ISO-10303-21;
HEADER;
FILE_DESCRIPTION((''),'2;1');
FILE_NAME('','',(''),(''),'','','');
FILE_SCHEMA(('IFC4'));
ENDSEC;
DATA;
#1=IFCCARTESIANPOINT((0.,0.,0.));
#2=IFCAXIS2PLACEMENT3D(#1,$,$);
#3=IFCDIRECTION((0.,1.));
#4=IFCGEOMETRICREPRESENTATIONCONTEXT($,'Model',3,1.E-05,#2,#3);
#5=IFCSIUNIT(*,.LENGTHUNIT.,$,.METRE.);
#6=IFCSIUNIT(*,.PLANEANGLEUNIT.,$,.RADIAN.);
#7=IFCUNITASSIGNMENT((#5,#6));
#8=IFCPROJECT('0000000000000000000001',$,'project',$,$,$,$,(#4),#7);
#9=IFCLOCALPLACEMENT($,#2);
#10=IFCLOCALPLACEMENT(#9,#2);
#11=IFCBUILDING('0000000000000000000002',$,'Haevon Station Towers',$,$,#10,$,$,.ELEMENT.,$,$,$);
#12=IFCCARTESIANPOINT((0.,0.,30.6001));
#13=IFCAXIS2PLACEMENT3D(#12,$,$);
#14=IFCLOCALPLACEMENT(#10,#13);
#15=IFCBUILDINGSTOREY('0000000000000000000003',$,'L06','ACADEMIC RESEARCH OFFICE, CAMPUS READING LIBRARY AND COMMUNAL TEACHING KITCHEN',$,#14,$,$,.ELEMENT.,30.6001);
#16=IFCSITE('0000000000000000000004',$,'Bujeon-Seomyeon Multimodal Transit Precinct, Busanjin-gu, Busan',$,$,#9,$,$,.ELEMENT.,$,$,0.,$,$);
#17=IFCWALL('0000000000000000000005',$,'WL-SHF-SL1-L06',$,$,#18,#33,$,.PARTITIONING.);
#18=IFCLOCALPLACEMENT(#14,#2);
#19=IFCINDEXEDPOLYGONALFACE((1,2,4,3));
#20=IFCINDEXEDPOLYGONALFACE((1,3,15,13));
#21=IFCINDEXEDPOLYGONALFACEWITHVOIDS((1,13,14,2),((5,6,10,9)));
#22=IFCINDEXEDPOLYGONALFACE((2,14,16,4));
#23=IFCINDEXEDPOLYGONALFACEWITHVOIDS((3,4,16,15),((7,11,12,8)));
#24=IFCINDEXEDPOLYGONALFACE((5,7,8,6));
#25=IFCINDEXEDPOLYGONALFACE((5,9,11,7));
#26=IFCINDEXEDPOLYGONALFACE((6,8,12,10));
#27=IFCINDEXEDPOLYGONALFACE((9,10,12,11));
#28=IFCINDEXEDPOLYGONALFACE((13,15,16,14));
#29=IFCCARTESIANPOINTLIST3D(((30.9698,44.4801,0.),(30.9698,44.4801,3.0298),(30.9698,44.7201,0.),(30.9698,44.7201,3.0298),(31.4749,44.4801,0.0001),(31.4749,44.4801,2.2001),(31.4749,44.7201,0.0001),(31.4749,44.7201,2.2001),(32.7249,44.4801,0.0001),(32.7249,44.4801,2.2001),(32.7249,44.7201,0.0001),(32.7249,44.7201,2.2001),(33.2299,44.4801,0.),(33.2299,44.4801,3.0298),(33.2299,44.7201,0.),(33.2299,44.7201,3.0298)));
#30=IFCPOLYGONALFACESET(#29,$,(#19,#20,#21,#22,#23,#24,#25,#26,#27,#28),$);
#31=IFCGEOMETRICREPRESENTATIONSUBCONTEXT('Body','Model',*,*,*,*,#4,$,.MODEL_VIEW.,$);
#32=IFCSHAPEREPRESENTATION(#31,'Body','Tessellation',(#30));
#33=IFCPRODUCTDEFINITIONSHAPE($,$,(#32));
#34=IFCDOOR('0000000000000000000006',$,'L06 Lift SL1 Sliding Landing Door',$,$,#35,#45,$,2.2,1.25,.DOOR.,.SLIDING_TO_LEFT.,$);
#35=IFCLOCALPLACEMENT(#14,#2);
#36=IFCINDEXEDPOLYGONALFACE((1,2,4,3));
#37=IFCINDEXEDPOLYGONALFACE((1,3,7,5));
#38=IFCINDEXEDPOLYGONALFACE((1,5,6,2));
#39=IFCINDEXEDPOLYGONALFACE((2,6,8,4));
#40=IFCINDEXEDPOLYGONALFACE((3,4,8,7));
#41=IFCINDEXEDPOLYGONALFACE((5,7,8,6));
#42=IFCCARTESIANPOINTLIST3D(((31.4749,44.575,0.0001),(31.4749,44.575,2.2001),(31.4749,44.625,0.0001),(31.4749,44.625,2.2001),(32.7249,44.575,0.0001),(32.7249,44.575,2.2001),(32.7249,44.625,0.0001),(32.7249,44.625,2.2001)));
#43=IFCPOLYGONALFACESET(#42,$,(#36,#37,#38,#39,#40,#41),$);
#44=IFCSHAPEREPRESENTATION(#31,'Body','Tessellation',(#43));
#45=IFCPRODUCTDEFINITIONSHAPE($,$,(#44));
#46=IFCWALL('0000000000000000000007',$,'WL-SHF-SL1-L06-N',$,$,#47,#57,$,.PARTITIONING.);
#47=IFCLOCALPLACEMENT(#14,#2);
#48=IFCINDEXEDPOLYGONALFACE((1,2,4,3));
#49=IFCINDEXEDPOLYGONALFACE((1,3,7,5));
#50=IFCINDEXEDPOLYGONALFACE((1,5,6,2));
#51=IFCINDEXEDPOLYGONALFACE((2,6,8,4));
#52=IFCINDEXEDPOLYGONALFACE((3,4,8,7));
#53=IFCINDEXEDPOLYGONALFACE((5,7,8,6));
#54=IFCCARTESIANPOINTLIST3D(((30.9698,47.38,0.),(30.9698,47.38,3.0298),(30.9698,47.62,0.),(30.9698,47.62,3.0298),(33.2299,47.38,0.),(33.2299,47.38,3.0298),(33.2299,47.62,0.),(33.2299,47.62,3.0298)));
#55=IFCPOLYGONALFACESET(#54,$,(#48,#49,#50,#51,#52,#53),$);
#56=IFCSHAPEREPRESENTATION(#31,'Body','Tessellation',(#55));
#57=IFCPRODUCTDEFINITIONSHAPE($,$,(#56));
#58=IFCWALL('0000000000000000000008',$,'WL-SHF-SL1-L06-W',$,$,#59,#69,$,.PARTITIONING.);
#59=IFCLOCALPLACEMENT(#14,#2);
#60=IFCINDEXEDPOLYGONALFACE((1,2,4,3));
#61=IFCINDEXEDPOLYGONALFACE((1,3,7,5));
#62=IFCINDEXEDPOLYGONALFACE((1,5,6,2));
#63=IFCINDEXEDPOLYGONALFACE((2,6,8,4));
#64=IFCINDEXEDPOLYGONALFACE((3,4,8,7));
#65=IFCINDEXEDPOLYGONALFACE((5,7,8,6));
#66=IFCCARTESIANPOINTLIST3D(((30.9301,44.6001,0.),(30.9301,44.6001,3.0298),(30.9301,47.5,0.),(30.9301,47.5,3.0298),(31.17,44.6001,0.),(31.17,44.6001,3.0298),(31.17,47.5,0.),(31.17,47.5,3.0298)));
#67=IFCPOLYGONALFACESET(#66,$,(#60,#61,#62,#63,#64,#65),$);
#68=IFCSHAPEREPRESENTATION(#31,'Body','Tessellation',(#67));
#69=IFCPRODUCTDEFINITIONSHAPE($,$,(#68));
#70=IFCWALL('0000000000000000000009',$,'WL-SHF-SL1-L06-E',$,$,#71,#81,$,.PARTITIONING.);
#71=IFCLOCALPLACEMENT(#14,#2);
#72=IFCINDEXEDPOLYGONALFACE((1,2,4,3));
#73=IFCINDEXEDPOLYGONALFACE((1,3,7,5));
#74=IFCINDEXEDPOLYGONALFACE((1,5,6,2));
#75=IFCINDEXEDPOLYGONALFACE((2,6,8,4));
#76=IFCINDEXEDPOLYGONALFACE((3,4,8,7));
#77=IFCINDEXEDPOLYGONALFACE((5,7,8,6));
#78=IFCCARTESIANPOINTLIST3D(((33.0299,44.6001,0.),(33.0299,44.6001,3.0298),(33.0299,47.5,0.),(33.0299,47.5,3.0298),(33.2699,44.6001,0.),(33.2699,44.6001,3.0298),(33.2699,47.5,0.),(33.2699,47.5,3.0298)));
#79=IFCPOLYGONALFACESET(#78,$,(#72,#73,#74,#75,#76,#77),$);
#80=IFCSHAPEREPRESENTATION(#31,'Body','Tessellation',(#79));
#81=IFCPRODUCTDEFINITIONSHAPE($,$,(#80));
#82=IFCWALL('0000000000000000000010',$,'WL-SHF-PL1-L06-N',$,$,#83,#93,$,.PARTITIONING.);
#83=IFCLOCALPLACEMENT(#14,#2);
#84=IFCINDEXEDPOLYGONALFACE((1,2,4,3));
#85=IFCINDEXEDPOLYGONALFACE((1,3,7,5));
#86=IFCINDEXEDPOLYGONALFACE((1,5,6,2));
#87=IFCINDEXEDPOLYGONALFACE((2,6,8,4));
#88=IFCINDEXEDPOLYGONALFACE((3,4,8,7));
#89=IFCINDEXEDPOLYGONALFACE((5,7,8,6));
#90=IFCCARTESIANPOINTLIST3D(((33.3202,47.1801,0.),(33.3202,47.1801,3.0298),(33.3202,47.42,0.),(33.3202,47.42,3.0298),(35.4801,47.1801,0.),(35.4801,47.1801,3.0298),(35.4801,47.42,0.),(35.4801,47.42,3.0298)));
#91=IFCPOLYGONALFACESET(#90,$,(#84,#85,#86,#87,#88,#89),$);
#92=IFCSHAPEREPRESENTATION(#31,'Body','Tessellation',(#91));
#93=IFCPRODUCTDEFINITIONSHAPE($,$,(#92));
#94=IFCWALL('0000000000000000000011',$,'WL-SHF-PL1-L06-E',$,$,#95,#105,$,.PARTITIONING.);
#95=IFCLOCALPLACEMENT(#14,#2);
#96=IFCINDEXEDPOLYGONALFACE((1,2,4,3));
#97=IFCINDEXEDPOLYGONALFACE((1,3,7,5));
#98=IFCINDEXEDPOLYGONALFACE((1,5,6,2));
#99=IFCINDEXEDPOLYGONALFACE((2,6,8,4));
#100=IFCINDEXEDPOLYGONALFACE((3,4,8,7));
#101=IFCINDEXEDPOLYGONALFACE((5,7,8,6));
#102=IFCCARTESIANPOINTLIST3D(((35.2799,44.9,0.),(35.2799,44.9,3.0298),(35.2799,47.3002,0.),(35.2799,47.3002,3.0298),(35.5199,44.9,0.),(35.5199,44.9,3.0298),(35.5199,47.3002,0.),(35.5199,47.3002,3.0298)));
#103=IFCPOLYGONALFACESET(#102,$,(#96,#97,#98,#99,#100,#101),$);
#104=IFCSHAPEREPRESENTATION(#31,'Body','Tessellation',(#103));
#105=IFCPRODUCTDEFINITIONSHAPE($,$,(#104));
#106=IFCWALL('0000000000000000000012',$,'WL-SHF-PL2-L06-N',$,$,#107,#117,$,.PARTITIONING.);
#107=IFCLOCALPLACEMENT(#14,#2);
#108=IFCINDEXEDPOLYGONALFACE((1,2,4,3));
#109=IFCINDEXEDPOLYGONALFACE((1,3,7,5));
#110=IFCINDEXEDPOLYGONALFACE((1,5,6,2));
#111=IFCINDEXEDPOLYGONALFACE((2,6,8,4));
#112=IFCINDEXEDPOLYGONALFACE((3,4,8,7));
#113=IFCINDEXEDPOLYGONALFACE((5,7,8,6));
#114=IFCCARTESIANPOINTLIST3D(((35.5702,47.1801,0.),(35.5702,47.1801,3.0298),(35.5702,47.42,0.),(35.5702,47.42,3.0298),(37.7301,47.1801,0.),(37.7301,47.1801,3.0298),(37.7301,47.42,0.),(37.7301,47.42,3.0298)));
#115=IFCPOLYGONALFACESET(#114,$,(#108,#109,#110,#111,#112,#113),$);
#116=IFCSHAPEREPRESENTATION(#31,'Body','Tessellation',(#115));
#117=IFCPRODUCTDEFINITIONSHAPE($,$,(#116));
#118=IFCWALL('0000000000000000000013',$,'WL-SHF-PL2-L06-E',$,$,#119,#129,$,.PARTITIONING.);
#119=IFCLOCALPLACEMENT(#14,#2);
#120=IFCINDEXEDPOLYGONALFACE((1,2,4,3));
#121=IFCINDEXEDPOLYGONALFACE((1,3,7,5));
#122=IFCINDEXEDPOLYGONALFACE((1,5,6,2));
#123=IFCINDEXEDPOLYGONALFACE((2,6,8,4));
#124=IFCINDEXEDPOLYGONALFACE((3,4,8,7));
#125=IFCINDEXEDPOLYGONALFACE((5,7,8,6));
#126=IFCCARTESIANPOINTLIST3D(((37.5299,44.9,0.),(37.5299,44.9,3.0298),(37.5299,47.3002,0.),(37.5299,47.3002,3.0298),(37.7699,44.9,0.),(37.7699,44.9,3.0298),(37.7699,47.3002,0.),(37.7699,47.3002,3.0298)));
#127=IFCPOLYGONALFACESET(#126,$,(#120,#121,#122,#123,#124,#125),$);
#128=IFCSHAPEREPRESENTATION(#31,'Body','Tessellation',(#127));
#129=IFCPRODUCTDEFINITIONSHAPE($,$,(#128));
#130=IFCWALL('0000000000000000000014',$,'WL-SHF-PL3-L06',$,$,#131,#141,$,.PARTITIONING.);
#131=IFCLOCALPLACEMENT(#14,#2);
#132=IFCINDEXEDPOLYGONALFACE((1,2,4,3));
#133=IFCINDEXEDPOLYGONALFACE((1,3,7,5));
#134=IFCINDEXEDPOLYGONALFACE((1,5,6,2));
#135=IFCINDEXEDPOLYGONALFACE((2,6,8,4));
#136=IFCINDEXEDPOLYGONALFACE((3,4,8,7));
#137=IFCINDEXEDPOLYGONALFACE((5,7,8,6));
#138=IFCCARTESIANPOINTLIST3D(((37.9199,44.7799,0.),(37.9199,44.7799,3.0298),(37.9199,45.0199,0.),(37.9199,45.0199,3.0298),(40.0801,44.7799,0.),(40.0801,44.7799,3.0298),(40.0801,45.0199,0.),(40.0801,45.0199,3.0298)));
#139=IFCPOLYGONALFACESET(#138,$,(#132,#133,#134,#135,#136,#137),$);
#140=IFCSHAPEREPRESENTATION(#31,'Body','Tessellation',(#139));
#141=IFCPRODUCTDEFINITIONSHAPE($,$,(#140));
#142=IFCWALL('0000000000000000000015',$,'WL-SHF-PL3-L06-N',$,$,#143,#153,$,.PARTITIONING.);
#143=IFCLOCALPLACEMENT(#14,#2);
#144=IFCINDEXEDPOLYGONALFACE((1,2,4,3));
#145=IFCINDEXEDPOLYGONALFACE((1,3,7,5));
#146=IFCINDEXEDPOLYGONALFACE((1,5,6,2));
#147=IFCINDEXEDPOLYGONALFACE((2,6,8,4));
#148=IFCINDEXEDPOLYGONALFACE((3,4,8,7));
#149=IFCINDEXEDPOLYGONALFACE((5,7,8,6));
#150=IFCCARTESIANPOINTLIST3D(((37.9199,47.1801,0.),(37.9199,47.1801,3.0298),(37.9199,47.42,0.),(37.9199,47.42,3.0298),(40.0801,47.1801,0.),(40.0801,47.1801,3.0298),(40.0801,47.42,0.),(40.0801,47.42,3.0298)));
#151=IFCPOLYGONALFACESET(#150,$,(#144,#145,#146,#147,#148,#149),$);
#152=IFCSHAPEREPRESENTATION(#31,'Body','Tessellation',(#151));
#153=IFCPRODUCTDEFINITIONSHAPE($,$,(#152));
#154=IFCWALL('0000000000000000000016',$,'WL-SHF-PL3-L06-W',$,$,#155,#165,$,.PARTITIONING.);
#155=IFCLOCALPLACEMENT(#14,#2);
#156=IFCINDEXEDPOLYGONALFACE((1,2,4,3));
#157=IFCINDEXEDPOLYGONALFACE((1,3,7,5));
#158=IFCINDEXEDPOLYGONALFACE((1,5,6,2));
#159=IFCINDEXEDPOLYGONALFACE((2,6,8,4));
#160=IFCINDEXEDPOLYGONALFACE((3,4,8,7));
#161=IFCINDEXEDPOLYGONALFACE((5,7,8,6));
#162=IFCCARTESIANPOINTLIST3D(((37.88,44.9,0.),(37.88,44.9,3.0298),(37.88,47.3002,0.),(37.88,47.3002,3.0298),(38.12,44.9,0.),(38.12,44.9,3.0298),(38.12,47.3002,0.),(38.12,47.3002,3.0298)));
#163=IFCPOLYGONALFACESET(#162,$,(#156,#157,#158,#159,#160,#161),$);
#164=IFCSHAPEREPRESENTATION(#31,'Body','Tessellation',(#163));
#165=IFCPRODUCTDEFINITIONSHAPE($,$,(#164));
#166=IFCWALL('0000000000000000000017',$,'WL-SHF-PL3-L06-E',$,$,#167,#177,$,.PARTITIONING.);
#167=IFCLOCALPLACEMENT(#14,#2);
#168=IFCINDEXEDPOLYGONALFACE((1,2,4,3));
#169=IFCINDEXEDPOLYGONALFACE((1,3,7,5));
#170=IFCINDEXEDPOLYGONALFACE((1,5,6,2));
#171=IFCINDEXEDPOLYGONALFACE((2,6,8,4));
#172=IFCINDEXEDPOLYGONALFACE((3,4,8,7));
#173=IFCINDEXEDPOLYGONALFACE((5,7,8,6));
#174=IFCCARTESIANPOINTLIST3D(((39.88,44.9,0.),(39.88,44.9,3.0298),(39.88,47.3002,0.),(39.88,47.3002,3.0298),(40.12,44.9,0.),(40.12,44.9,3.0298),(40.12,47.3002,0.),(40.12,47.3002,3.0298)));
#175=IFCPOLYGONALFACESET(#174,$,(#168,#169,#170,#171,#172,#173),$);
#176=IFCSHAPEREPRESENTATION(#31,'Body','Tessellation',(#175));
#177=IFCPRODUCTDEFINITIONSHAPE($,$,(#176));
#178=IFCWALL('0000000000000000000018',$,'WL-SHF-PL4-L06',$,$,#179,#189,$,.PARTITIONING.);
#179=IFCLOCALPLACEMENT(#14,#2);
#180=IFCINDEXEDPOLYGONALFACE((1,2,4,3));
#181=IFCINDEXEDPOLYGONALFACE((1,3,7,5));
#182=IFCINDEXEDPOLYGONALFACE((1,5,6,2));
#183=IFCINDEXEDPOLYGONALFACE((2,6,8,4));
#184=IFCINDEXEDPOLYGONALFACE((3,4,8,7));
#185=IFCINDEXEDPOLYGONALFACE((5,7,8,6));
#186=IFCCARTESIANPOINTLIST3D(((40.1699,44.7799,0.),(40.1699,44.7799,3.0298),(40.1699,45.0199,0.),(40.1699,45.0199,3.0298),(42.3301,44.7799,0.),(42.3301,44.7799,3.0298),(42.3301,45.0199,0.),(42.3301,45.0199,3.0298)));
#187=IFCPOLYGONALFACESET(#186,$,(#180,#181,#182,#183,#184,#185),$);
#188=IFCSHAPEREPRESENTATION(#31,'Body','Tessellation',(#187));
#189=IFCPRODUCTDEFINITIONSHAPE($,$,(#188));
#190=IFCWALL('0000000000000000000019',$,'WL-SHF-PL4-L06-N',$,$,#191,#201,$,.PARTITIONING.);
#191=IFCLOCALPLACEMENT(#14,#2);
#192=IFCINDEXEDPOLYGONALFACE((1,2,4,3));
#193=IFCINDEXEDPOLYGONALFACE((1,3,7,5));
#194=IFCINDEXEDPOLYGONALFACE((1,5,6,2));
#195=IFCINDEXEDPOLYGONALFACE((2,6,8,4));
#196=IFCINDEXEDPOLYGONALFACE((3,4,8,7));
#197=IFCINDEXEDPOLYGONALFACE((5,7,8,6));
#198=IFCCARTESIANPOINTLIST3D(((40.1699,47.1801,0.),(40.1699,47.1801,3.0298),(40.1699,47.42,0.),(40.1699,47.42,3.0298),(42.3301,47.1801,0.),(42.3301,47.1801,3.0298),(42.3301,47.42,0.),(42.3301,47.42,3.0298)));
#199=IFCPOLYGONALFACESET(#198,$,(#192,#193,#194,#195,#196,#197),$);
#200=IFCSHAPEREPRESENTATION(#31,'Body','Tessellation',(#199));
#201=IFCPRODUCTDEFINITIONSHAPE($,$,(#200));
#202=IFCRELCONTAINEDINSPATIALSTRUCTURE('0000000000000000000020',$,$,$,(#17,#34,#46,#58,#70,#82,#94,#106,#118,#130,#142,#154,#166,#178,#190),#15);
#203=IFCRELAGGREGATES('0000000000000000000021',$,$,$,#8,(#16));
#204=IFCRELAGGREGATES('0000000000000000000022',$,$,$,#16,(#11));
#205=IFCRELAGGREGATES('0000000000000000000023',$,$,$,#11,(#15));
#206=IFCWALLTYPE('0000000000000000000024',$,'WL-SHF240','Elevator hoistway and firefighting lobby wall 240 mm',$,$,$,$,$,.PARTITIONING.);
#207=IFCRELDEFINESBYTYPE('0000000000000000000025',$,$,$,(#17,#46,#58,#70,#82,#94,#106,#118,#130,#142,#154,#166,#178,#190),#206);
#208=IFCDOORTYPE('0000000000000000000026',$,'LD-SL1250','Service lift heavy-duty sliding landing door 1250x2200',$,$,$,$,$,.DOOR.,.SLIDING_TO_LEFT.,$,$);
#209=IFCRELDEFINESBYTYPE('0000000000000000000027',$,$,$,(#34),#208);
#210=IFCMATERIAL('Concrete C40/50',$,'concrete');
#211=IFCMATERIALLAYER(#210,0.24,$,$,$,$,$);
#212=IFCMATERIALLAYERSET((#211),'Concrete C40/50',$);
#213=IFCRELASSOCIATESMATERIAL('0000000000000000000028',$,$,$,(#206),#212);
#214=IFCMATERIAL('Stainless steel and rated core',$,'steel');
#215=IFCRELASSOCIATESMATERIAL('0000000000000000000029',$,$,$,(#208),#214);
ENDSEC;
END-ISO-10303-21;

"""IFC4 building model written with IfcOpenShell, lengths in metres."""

from ifc_helpers import new_model, si_unit, direction, frame, frame_2d, origin, place, context, subcontext, project, spatial, rectangle, extrude, material, layer, layer_set, type_object, element, fill, save


model = new_model("IFC4")

# Units and contexts
model_context = context("Model", 3, precision=1e-05, world=origin(), true_north=direction((0.0, 1.0)))
body_context = subcontext(model_context, "Body", "Model", "MODEL_VIEW")
ifc_project = project(units=[si_unit("LENGTHUNIT", "METRE"), si_unit("PLANEANGLEUNIT", "RADIAN")], contexts=[model_context])

# Site, building, storey
site_placement = place(None, origin())
site = spatial("IfcSite", under=ifc_project, at=site_placement, Name="Bujeon-Seomyeon Multimodal Transit Precinct, Busanjin-gu, Busan", CompositionType="ELEMENT", RefElevation=0.0)
building_placement = place(site_placement, origin())
building = spatial("IfcBuilding", under=site, at=building_placement, Name="Haevon Station Towers", CompositionType="ELEMENT")
storey_placement = place(building_placement, frame((0.0, 0.0, 30.6001)))
storey = spatial("IfcBuildingStorey", under=building, at=storey_placement, Name="L06", Description="ACADEMIC RESEARCH OFFICE, CAMPUS READING LIBRARY AND COMMUNAL TEACHING KITCHEN", CompositionType="ELEMENT", Elevation=30.6001)

# Wall, opening, door
ifc_material_1 = material(Name="Concrete C40/50", Category="concrete")
ifc_layer_1 = layer(ifc_material_1, 0.24)
ifc_layer_set_1 = layer_set([ifc_layer_1], Name="Concrete C40/50")
wall_type_1 = type_object("IfcWallType", Name="WL-SHF240", Description="Elevator hoistway and firefighting lobby wall 240 mm", PredefinedType="PARTITIONING", material=ifc_layer_set_1)
wall_1_placement = place(storey_placement, frame((30.97, 44.6001, 0.0), z_axis=(0.0, 0.0, 1.0), x_axis=(1.0, 0.0, 0.0)))
wall_1 = element("IfcWall", 1, at=wall_1_placement, inside=storey, type_object=wall_type_1, Name="WL-SHF-SL1-L06", PredefinedType="PARTITIONING", context=body_context, shape_type="SweptSolid", body=[
    extrude(rectangle(XDim=2.26, YDim=0.24, at=frame_2d((1.1299, 0.0))), origin(), (0.0, 0.0, 1.0), 3.0298),
])
opening_1_placement = place(wall_1_placement, frame((0.5049, 0.0, 0.0)))
opening_1 = element("IfcOpeningElement", 2, at=opening_1_placement, cuts=wall_1, PredefinedType="OPENING", context=body_context, shape_type="SweptSolid", body=[
    extrude(rectangle(XDim=1.25, YDim=2.2, at=frame_2d((0.625, 1.1001))), frame((0.0, 0.1299, 0.0), z_axis=(0.0, -1.0, 0.0), x_axis=(1.0, 0.0, 0.0)), (0.0, 0.0, 1.0), 0.26),
])
ifc_material_2 = material(Name="Stainless steel and rated core", Category="steel")
door_type_1 = type_object("IfcDoorType", Name="LD-SL1250", Description="Service lift heavy-duty sliding landing door 1250x2200", OperationType="SLIDING_TO_LEFT", PredefinedType="DOOR", material=ifc_material_2)
door_1_placement = place(opening_1_placement, origin())
door_1 = element("IfcDoor", 3, at=door_1_placement, inside=storey, type_object=door_type_1, Name="L06 Lift SL1 Sliding Landing Door", OperationType="SLIDING_TO_LEFT", OverallHeight=2.2, OverallWidth=1.25, PredefinedType="DOOR", context=body_context, shape_type="SweptSolid", body=[
    extrude(rectangle(XDim=1.25, YDim=2.2, at=frame_2d((0.625, 1.1001))), frame((0.0, 0.0249, 0.0), z_axis=(0.0, -1.0, 0.0), x_axis=(1.0, 0.0, 0.0)), (0.0, 0.0, 1.0), 0.05),
])
fill(opening_1, door_1)

# Walls
wall_2_placement = place(storey_placement, frame((30.97, 47.5, 0.0), z_axis=(0.0, 0.0, 1.0), x_axis=(1.0, 0.0, 0.0)))
element("IfcWall", 4, at=wall_2_placement, inside=storey, type_object=wall_type_1, Name="WL-SHF-SL1-L06-N", PredefinedType="PARTITIONING", context=body_context, shape_type="SweptSolid", body=[
    extrude(rectangle(XDim=2.26, YDim=0.24, at=frame_2d((1.1299, 0.0))), origin(), (0.0, 0.0, 1.0), 3.0298),
])
for number, where, z_axis, x_axis, name in (
    (5, (31.05, 44.6001, 0.0), (0.0, 0.0, 1.0), (0.0, 1.0, 0.0), "WL-SHF-SL1-L06-W"),
    (6, (33.1499, 44.6001, 0.0), (0.0, 0.0, 1.0), (0.0, 1.0, 0.0), "WL-SHF-SL1-L06-E"),
):
    element("IfcWall", number, at=place(storey_placement, frame(where, z_axis=z_axis, x_axis=x_axis)), inside=storey, type_object=wall_type_1, Name=name, PredefinedType="PARTITIONING", context=body_context, shape_type="SweptSolid", body=[
        extrude(rectangle(XDim=2.8999, YDim=0.24, at=frame_2d((1.45, 0.0))), origin(), (0.0, 0.0, 1.0), 3.0298),
    ])

# Walls
wall_3_placement = place(storey_placement, frame((33.3201, 47.3, 0.0), z_axis=(0.0, 0.0, 1.0), x_axis=(1.0, 0.0, 0.0)))
element("IfcWall", 7, at=wall_3_placement, inside=storey, type_object=wall_type_1, Name="WL-SHF-PL1-L06-N", PredefinedType="PARTITIONING", context=body_context, shape_type="SweptSolid", body=[
    extrude(rectangle(XDim=2.1599, YDim=0.24, at=frame_2d((1.0801, 0.0))), origin(), (0.0, 0.0, 1.0), 3.0298),
])
wall_4_placement = place(storey_placement, frame((35.3999, 44.8999, 0.0), z_axis=(0.0, 0.0, 1.0), x_axis=(0.0, 1.0, 0.0)))
element("IfcWall", 8, at=wall_4_placement, inside=storey, type_object=wall_type_1, Name="WL-SHF-PL1-L06-E", PredefinedType="PARTITIONING", context=body_context, shape_type="SweptSolid", body=[
    extrude(rectangle(XDim=2.4001, YDim=0.24, at=frame_2d((1.2002, 0.0))), origin(), (0.0, 0.0, 1.0), 3.0298),
])

# Walls
wall_5_placement = place(storey_placement, frame((35.5701, 47.3, 0.0), z_axis=(0.0, 0.0, 1.0), x_axis=(1.0, 0.0, 0.0)))
element("IfcWall", 9, at=wall_5_placement, inside=storey, type_object=wall_type_1, Name="WL-SHF-PL2-L06-N", PredefinedType="PARTITIONING", context=body_context, shape_type="SweptSolid", body=[
    extrude(rectangle(XDim=2.1599, YDim=0.24, at=frame_2d((1.0801, 0.0))), origin(), (0.0, 0.0, 1.0), 3.0298),
])
wall_6_placement = place(storey_placement, frame((37.6499, 44.8999, 0.0), z_axis=(0.0, 0.0, 1.0), x_axis=(0.0, 1.0, 0.0)))
element("IfcWall", 10, at=wall_6_placement, inside=storey, type_object=wall_type_1, Name="WL-SHF-PL2-L06-E", PredefinedType="PARTITIONING", context=body_context, shape_type="SweptSolid", body=[
    extrude(rectangle(XDim=2.4001, YDim=0.24, at=frame_2d((1.2002, 0.0))), origin(), (0.0, 0.0, 1.0), 3.0298),
])
for number, where, z_axis, x_axis, name in (
    (11, (37.9199, 44.8999, 0.0), (0.0, 0.0, 1.0), (1.0, 0.0, 0.0), "WL-SHF-PL3-L06"),
    (12, (37.9199, 47.3, 0.0), (0.0, 0.0, 1.0), (1.0, 0.0, 0.0), "WL-SHF-PL3-L06-N"),
):
    element("IfcWall", number, at=place(storey_placement, frame(where, z_axis=z_axis, x_axis=x_axis)), inside=storey, type_object=wall_type_1, Name=name, PredefinedType="PARTITIONING", context=body_context, shape_type="SweptSolid", body=[
        extrude(rectangle(XDim=2.1602, YDim=0.24, at=frame_2d((1.0801, 0.0))), origin(), (0.0, 0.0, 1.0), 3.0298),
    ])
for number, where, z_axis, x_axis, name in (
    (13, (38.0, 44.8999, 0.0), (0.0, 0.0, 1.0), (0.0, 1.0, 0.0), "WL-SHF-PL3-L06-W"),
    (14, (40.0, 44.8999, 0.0), (0.0, 0.0, 1.0), (0.0, 1.0, 0.0), "WL-SHF-PL3-L06-E"),
):
    element("IfcWall", number, at=place(storey_placement, frame(where, z_axis=z_axis, x_axis=x_axis)), inside=storey, type_object=wall_type_1, Name=name, PredefinedType="PARTITIONING", context=body_context, shape_type="SweptSolid", body=[
        extrude(rectangle(XDim=2.4001, YDim=0.24, at=frame_2d((1.2002, 0.0))), origin(), (0.0, 0.0, 1.0), 3.0298),
    ])
for number, where, z_axis, x_axis, name in (
    (15, (40.1699, 44.8999, 0.0), (0.0, 0.0, 1.0), (1.0, 0.0, 0.0), "WL-SHF-PL4-L06"),
    (16, (40.1699, 47.3, 0.0), (0.0, 0.0, 1.0), (1.0, 0.0, 0.0), "WL-SHF-PL4-L06-N"),
):
    element("IfcWall", number, at=place(storey_placement, frame(where, z_axis=z_axis, x_axis=x_axis)), inside=storey, type_object=wall_type_1, Name=name, PredefinedType="PARTITIONING", context=body_context, shape_type="SweptSolid", body=[
        extrude(rectangle(XDim=2.1602, YDim=0.24, at=frame_2d((1.0801, 0.0))), origin(), (0.0, 0.0, 1.0), 3.0298),
    ])

save(model, "model.ifc")
